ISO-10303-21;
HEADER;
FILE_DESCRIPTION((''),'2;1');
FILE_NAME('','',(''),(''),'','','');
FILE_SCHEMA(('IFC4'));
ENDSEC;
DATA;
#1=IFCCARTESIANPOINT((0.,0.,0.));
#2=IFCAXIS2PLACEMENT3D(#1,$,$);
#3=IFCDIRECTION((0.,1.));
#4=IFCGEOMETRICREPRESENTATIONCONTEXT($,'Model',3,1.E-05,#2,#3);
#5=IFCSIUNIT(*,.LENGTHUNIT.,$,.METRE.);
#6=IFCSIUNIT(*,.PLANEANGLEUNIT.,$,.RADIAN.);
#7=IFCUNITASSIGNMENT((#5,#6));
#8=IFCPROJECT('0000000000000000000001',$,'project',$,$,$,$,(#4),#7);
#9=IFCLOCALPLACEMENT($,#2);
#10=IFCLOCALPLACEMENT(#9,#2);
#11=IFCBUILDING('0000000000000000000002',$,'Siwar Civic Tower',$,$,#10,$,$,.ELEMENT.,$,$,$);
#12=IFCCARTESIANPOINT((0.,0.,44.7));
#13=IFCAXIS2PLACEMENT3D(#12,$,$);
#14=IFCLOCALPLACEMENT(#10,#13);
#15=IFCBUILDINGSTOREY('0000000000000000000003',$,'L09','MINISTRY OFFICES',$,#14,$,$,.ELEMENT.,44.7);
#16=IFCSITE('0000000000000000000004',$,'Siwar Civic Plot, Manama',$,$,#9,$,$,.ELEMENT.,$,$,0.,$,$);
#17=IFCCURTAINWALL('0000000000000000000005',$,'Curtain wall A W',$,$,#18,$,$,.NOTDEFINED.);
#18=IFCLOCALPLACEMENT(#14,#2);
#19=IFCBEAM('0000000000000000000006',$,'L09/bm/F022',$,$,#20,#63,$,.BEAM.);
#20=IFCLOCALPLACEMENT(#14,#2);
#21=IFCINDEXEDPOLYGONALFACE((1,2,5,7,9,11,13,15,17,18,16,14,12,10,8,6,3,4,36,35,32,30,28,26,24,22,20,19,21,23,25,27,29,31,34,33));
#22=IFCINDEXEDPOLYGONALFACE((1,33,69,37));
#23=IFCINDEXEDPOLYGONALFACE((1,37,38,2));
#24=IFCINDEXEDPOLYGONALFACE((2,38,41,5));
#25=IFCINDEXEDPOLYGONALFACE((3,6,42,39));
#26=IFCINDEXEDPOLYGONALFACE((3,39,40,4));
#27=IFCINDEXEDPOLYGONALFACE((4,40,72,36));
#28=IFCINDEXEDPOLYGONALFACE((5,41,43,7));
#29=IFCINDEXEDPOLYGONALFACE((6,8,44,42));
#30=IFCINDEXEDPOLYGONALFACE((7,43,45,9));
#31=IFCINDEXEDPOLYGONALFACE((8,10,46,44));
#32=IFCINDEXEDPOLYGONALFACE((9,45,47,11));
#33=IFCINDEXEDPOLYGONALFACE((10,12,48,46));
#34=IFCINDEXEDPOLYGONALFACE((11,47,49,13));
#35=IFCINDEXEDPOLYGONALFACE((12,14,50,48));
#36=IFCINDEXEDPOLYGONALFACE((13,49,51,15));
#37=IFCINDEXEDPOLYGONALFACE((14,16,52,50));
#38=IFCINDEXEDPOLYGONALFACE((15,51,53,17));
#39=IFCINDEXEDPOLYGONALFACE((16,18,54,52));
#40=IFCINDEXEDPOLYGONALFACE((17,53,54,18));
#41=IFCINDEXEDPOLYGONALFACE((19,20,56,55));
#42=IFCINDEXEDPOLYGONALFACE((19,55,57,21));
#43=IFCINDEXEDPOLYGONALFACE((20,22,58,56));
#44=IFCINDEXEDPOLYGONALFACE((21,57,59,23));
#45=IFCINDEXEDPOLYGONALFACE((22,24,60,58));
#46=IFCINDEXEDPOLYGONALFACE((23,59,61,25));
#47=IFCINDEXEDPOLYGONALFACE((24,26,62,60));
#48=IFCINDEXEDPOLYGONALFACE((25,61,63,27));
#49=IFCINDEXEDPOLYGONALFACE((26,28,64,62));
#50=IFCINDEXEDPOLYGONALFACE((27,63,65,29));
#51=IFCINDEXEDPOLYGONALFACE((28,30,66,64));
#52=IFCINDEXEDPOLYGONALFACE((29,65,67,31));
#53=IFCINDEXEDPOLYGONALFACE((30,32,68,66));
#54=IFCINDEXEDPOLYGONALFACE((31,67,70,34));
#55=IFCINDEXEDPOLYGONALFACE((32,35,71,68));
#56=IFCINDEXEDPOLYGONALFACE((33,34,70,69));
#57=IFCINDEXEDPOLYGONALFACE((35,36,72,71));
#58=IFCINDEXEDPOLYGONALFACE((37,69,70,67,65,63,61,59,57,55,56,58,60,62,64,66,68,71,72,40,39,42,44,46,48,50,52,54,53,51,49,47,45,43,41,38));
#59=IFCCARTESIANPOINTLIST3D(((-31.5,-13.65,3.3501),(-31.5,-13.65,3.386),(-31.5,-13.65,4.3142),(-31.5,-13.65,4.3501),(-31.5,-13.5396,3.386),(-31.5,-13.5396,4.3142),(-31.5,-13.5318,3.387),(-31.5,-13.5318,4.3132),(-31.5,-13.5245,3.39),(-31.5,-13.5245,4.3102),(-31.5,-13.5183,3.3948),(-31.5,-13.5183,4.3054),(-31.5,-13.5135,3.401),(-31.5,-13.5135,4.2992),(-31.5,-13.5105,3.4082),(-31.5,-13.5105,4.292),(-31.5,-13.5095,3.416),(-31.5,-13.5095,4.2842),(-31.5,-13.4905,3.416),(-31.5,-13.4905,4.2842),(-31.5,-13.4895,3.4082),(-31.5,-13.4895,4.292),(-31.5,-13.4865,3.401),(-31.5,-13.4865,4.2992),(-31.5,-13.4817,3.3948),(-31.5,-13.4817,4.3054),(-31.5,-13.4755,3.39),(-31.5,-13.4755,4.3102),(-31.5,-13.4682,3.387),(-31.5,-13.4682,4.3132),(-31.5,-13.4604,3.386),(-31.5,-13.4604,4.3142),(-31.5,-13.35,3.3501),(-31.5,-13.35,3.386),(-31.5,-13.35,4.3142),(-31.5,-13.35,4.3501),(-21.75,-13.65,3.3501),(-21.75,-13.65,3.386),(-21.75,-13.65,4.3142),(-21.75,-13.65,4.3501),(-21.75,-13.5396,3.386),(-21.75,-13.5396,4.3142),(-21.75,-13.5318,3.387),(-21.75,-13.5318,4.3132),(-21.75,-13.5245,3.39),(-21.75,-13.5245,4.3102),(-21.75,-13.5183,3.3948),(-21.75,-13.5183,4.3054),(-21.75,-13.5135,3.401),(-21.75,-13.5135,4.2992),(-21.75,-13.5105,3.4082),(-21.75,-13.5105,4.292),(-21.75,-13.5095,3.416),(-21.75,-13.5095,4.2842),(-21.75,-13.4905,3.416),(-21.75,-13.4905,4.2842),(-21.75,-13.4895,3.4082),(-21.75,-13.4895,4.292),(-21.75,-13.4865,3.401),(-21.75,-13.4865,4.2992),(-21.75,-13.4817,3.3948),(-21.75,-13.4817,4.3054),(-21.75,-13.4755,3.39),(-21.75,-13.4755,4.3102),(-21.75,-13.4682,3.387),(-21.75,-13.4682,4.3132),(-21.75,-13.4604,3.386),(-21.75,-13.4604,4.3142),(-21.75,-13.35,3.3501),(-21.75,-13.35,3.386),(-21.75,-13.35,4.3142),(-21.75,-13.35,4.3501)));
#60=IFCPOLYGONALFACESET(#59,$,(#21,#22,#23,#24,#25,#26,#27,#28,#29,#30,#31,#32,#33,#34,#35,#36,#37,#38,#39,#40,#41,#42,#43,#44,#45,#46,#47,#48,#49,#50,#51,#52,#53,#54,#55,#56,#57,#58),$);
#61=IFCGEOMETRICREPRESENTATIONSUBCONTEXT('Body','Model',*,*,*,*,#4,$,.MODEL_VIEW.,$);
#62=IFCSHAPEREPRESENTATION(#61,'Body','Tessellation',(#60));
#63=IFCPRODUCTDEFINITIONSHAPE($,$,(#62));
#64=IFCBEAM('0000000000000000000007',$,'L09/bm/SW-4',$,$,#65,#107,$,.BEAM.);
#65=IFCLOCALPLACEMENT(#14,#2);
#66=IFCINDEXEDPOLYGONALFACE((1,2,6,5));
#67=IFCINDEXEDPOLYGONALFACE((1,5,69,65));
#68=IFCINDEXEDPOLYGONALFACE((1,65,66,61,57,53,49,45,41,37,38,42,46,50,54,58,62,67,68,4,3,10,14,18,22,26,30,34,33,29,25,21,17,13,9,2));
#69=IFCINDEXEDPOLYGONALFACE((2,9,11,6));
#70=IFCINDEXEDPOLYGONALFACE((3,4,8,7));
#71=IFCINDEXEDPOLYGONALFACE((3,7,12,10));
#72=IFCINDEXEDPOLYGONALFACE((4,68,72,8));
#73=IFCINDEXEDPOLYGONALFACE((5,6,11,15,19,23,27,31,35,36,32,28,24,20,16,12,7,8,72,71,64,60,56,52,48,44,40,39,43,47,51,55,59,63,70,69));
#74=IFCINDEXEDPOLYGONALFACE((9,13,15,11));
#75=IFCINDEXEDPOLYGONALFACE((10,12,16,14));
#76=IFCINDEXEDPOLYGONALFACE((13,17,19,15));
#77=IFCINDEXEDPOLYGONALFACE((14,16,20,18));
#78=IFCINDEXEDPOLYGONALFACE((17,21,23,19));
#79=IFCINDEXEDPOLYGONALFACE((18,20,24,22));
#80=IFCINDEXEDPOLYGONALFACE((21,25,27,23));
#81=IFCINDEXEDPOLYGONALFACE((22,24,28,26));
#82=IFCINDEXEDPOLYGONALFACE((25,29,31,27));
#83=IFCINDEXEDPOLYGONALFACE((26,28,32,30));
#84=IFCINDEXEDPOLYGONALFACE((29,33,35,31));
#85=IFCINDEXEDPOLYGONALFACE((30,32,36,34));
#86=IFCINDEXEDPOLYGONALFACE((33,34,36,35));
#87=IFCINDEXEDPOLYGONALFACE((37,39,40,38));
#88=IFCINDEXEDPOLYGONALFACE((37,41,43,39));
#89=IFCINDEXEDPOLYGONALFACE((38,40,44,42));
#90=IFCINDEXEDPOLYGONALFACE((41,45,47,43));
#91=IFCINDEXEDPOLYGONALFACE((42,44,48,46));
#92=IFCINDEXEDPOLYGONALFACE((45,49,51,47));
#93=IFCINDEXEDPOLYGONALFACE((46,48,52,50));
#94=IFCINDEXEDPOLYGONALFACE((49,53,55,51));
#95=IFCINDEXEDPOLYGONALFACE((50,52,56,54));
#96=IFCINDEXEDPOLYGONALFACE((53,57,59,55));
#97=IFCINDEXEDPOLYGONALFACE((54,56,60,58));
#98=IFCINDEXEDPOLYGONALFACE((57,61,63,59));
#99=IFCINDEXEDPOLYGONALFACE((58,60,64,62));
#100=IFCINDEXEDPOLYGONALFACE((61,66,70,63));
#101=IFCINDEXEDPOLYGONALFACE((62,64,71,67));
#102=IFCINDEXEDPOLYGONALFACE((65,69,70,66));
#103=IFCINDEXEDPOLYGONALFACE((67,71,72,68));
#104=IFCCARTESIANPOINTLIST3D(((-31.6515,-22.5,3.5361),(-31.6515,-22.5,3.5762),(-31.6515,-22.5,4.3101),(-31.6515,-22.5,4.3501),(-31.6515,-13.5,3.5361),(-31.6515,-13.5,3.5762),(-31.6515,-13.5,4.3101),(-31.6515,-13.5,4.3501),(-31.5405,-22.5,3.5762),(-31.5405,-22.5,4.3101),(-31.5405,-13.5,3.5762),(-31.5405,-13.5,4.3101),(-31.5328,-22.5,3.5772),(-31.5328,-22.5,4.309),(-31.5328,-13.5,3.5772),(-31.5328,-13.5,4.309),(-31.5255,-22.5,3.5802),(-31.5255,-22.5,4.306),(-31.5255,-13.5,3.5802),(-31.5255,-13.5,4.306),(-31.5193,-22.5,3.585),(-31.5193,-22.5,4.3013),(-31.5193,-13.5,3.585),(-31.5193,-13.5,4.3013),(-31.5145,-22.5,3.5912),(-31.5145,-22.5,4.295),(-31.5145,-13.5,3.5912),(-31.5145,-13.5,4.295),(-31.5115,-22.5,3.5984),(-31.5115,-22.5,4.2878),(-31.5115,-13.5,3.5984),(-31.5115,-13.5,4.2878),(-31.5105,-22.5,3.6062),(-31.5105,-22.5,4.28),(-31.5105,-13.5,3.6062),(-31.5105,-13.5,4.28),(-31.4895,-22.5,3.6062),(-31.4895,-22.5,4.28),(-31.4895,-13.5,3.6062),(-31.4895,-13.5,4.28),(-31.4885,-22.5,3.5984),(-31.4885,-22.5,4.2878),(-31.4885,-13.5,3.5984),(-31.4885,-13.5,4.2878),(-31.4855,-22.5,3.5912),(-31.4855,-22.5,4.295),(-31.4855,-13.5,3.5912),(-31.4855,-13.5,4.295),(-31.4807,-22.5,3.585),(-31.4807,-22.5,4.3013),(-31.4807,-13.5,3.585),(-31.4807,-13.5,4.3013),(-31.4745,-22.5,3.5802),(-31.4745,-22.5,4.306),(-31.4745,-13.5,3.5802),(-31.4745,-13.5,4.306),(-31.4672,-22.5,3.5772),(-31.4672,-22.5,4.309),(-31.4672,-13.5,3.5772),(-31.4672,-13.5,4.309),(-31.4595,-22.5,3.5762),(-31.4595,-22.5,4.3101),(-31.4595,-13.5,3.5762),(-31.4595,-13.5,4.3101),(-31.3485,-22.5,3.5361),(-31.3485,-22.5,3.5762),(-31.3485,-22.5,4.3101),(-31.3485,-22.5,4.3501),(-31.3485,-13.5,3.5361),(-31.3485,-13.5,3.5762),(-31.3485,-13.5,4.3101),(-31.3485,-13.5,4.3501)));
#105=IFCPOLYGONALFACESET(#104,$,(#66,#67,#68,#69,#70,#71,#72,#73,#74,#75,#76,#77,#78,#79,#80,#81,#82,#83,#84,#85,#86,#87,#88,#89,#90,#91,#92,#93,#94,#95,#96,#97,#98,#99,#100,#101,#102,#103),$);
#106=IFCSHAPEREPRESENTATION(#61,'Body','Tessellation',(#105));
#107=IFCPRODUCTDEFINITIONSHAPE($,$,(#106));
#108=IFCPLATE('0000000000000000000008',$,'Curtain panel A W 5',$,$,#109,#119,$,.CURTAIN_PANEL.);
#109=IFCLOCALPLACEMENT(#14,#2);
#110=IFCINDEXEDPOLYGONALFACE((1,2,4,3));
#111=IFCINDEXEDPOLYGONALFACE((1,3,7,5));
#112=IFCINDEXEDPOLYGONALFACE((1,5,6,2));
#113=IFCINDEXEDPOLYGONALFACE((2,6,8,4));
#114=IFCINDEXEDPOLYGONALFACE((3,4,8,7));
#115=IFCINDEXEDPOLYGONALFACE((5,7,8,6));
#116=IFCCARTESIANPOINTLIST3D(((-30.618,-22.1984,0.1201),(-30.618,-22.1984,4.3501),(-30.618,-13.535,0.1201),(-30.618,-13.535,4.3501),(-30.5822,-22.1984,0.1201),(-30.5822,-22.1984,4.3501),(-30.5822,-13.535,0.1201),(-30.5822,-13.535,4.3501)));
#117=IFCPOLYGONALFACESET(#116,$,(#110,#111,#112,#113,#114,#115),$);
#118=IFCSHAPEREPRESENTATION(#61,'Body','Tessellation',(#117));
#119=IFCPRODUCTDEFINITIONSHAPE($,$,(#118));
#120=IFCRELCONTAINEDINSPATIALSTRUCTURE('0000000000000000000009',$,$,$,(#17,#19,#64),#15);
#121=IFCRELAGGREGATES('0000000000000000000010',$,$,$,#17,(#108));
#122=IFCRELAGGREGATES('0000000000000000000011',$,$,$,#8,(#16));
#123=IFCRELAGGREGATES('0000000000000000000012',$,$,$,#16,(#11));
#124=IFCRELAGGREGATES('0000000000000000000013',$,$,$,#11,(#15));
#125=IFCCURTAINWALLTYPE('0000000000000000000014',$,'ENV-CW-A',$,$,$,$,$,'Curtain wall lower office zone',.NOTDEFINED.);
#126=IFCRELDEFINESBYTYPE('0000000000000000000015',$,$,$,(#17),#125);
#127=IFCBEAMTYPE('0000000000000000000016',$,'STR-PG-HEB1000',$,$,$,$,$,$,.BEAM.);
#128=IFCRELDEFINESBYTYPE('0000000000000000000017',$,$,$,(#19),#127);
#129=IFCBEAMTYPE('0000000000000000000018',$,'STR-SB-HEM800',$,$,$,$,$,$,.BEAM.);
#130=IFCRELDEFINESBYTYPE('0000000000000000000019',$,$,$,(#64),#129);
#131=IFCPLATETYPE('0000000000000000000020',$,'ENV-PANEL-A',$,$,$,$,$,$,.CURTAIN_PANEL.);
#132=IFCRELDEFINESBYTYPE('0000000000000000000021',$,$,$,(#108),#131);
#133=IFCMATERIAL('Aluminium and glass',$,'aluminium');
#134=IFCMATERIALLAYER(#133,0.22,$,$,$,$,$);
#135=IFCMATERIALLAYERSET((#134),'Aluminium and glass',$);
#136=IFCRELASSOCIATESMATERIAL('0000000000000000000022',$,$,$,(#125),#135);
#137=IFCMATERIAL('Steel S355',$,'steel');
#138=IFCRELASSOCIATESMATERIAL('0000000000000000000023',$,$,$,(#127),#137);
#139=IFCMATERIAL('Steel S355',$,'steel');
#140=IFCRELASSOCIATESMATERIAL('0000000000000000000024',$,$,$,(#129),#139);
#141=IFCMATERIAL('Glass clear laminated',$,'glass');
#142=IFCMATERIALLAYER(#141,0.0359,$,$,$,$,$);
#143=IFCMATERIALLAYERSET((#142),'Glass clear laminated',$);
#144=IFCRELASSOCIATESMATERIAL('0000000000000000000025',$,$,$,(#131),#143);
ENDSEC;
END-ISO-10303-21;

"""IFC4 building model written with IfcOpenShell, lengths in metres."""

from ifc_helpers import new_model, si_unit, direction, frame, origin, origin_2d, place, context, subcontext, project, spatial, rectangle, i_section, extrude, material, layer, layer_set, material_profile, profile_set, type_object, element, aggregate, save


model = new_model("IFC4")

# Units and contexts
model_context = context("Model", 3, precision=1e-05, world=origin(), true_north=direction((0.0, 1.0)))
body_context = subcontext(model_context, "Body", "Model", "MODEL_VIEW")
ifc_project = project(units=[si_unit("LENGTHUNIT", "METRE"), si_unit("PLANEANGLEUNIT", "RADIAN")], contexts=[model_context])

# Site, building, storey
site_placement = place(None, origin())
site = spatial("IfcSite", under=ifc_project, at=site_placement, Name="Siwar Civic Plot, Manama", CompositionType="ELEMENT", RefElevation=0.0)
building_placement = place(site_placement, origin())
building = spatial("IfcBuilding", under=site, at=building_placement, Name="Siwar Civic Tower", CompositionType="ELEMENT")
storey_placement = place(building_placement, frame((0.0, 0.0, 44.7)))
storey = spatial("IfcBuildingStorey", under=building, at=storey_placement, Name="L09", Description="MINISTRY OFFICES", CompositionType="ELEMENT", Elevation=44.7)

# Curtain wall
ifc_material_1 = material(Name="Aluminium and glass", Category="aluminium")
ifc_layer_1 = layer(ifc_material_1, 0.22)
ifc_layer_set_1 = layer_set([ifc_layer_1], Name="Aluminium and glass")
curtain_wall_type_1 = type_object("IfcCurtainWallType", Name="ENV-CW-A", ElementType="Curtain wall lower office zone", PredefinedType="NOTDEFINED", material=ifc_layer_set_1)
curtain_wall_1_placement = place(storey_placement, origin())
curtain_wall_1 = element("IfcCurtainWall", 1, at=curtain_wall_1_placement, inside=storey, type_object=curtain_wall_type_1, Name="Curtain wall A W", PredefinedType="NOTDEFINED")

# Beams
ifc_material_2 = material(Name="Steel S355", Category="steel")
ifc_material_profile_1 = material_profile(ifc_material_2, i_section(OverallWidth=0.3, OverallDepth=1.0, WebThickness=0.019, FlangeThickness=0.0359, FilletRadius=0.03, at=origin_2d()), Name="HEB1000")
ifc_profile_set_1 = profile_set([ifc_material_profile_1], Name="Steel S355")
beam_type_1 = type_object("IfcBeamType", Name="STR-PG-HEB1000", PredefinedType="BEAM", material=ifc_profile_set_1)
beam_1_placement = place(storey_placement, frame((-31.5, -13.5, 3.8501), z_axis=(1.0, 0.0, 0.0), x_axis=(0.0, 1.0, 0.0)))
element("IfcBeam", 2, at=beam_1_placement, inside=storey, type_object=beam_type_1, Name="L09/bm/F022", PredefinedType="BEAM", context=body_context, shape_type="SweptSolid", body=[
    extrude(i_section(OverallWidth=0.3, OverallDepth=1.0, WebThickness=0.019, FlangeThickness=0.0359, FilletRadius=0.03, at=origin_2d()), origin(), (0.0, 0.0, 1.0), 9.75),
])
ifc_material_3 = material(Name="Steel S355", Category="steel")
ifc_material_profile_2 = material_profile(ifc_material_3, i_section(OverallWidth=0.303, OverallDepth=0.814, WebThickness=0.021, FlangeThickness=0.04, FilletRadius=0.03, at=origin_2d()), Name="HEM800")
ifc_profile_set_2 = profile_set([ifc_material_profile_2], Name="Steel S355")
beam_type_2 = type_object("IfcBeamType", Name="STR-SB-HEM800", PredefinedType="BEAM", material=ifc_profile_set_2)
beam_2_placement = place(storey_placement, frame((-31.5, -13.5, 3.9431), z_axis=(0.0, -1.0, 0.0), x_axis=(1.0, 0.0, 0.0)))
element("IfcBeam", 3, at=beam_2_placement, inside=storey, type_object=beam_type_2, Name="L09/bm/SW-4", PredefinedType="BEAM", context=body_context, shape_type="SweptSolid", body=[
    extrude(i_section(OverallWidth=0.303, OverallDepth=0.814, WebThickness=0.021, FlangeThickness=0.04, FilletRadius=0.03, at=origin_2d()), origin(), (0.0, 0.0, 1.0), 9.0),
])

# Plate
ifc_material_4 = material(Name="Glass clear laminated", Category="glass")
ifc_layer_2 = layer(ifc_material_4, 0.0359)
ifc_layer_set_2 = layer_set([ifc_layer_2], Name="Glass clear laminated")
plate_type = type_object("IfcPlateType", Name="ENV-PANEL-A", PredefinedType="CURTAIN_PANEL", material=ifc_layer_set_2)
plate_placement = place(storey_placement, frame((-30.6001, -17.8667, 0.1201), z_axis=(0.0, 0.0, 1.0), x_axis=(0.0, -1.0, 0.0)))
plate = element("IfcPlate", 4, at=plate_placement, type_object=plate_type, Name="Curtain panel A W 5", PredefinedType="CURTAIN_PANEL", context=body_context, shape_type="SweptSolid", body=[
    extrude(rectangle(XDim=8.6633, YDim=0.0359, at=origin_2d()), origin(), (0.0, 0.0, 1.0), 4.23),
])
aggregate(curtain_wall_1, [plate])

save(model, "model.ifc")
